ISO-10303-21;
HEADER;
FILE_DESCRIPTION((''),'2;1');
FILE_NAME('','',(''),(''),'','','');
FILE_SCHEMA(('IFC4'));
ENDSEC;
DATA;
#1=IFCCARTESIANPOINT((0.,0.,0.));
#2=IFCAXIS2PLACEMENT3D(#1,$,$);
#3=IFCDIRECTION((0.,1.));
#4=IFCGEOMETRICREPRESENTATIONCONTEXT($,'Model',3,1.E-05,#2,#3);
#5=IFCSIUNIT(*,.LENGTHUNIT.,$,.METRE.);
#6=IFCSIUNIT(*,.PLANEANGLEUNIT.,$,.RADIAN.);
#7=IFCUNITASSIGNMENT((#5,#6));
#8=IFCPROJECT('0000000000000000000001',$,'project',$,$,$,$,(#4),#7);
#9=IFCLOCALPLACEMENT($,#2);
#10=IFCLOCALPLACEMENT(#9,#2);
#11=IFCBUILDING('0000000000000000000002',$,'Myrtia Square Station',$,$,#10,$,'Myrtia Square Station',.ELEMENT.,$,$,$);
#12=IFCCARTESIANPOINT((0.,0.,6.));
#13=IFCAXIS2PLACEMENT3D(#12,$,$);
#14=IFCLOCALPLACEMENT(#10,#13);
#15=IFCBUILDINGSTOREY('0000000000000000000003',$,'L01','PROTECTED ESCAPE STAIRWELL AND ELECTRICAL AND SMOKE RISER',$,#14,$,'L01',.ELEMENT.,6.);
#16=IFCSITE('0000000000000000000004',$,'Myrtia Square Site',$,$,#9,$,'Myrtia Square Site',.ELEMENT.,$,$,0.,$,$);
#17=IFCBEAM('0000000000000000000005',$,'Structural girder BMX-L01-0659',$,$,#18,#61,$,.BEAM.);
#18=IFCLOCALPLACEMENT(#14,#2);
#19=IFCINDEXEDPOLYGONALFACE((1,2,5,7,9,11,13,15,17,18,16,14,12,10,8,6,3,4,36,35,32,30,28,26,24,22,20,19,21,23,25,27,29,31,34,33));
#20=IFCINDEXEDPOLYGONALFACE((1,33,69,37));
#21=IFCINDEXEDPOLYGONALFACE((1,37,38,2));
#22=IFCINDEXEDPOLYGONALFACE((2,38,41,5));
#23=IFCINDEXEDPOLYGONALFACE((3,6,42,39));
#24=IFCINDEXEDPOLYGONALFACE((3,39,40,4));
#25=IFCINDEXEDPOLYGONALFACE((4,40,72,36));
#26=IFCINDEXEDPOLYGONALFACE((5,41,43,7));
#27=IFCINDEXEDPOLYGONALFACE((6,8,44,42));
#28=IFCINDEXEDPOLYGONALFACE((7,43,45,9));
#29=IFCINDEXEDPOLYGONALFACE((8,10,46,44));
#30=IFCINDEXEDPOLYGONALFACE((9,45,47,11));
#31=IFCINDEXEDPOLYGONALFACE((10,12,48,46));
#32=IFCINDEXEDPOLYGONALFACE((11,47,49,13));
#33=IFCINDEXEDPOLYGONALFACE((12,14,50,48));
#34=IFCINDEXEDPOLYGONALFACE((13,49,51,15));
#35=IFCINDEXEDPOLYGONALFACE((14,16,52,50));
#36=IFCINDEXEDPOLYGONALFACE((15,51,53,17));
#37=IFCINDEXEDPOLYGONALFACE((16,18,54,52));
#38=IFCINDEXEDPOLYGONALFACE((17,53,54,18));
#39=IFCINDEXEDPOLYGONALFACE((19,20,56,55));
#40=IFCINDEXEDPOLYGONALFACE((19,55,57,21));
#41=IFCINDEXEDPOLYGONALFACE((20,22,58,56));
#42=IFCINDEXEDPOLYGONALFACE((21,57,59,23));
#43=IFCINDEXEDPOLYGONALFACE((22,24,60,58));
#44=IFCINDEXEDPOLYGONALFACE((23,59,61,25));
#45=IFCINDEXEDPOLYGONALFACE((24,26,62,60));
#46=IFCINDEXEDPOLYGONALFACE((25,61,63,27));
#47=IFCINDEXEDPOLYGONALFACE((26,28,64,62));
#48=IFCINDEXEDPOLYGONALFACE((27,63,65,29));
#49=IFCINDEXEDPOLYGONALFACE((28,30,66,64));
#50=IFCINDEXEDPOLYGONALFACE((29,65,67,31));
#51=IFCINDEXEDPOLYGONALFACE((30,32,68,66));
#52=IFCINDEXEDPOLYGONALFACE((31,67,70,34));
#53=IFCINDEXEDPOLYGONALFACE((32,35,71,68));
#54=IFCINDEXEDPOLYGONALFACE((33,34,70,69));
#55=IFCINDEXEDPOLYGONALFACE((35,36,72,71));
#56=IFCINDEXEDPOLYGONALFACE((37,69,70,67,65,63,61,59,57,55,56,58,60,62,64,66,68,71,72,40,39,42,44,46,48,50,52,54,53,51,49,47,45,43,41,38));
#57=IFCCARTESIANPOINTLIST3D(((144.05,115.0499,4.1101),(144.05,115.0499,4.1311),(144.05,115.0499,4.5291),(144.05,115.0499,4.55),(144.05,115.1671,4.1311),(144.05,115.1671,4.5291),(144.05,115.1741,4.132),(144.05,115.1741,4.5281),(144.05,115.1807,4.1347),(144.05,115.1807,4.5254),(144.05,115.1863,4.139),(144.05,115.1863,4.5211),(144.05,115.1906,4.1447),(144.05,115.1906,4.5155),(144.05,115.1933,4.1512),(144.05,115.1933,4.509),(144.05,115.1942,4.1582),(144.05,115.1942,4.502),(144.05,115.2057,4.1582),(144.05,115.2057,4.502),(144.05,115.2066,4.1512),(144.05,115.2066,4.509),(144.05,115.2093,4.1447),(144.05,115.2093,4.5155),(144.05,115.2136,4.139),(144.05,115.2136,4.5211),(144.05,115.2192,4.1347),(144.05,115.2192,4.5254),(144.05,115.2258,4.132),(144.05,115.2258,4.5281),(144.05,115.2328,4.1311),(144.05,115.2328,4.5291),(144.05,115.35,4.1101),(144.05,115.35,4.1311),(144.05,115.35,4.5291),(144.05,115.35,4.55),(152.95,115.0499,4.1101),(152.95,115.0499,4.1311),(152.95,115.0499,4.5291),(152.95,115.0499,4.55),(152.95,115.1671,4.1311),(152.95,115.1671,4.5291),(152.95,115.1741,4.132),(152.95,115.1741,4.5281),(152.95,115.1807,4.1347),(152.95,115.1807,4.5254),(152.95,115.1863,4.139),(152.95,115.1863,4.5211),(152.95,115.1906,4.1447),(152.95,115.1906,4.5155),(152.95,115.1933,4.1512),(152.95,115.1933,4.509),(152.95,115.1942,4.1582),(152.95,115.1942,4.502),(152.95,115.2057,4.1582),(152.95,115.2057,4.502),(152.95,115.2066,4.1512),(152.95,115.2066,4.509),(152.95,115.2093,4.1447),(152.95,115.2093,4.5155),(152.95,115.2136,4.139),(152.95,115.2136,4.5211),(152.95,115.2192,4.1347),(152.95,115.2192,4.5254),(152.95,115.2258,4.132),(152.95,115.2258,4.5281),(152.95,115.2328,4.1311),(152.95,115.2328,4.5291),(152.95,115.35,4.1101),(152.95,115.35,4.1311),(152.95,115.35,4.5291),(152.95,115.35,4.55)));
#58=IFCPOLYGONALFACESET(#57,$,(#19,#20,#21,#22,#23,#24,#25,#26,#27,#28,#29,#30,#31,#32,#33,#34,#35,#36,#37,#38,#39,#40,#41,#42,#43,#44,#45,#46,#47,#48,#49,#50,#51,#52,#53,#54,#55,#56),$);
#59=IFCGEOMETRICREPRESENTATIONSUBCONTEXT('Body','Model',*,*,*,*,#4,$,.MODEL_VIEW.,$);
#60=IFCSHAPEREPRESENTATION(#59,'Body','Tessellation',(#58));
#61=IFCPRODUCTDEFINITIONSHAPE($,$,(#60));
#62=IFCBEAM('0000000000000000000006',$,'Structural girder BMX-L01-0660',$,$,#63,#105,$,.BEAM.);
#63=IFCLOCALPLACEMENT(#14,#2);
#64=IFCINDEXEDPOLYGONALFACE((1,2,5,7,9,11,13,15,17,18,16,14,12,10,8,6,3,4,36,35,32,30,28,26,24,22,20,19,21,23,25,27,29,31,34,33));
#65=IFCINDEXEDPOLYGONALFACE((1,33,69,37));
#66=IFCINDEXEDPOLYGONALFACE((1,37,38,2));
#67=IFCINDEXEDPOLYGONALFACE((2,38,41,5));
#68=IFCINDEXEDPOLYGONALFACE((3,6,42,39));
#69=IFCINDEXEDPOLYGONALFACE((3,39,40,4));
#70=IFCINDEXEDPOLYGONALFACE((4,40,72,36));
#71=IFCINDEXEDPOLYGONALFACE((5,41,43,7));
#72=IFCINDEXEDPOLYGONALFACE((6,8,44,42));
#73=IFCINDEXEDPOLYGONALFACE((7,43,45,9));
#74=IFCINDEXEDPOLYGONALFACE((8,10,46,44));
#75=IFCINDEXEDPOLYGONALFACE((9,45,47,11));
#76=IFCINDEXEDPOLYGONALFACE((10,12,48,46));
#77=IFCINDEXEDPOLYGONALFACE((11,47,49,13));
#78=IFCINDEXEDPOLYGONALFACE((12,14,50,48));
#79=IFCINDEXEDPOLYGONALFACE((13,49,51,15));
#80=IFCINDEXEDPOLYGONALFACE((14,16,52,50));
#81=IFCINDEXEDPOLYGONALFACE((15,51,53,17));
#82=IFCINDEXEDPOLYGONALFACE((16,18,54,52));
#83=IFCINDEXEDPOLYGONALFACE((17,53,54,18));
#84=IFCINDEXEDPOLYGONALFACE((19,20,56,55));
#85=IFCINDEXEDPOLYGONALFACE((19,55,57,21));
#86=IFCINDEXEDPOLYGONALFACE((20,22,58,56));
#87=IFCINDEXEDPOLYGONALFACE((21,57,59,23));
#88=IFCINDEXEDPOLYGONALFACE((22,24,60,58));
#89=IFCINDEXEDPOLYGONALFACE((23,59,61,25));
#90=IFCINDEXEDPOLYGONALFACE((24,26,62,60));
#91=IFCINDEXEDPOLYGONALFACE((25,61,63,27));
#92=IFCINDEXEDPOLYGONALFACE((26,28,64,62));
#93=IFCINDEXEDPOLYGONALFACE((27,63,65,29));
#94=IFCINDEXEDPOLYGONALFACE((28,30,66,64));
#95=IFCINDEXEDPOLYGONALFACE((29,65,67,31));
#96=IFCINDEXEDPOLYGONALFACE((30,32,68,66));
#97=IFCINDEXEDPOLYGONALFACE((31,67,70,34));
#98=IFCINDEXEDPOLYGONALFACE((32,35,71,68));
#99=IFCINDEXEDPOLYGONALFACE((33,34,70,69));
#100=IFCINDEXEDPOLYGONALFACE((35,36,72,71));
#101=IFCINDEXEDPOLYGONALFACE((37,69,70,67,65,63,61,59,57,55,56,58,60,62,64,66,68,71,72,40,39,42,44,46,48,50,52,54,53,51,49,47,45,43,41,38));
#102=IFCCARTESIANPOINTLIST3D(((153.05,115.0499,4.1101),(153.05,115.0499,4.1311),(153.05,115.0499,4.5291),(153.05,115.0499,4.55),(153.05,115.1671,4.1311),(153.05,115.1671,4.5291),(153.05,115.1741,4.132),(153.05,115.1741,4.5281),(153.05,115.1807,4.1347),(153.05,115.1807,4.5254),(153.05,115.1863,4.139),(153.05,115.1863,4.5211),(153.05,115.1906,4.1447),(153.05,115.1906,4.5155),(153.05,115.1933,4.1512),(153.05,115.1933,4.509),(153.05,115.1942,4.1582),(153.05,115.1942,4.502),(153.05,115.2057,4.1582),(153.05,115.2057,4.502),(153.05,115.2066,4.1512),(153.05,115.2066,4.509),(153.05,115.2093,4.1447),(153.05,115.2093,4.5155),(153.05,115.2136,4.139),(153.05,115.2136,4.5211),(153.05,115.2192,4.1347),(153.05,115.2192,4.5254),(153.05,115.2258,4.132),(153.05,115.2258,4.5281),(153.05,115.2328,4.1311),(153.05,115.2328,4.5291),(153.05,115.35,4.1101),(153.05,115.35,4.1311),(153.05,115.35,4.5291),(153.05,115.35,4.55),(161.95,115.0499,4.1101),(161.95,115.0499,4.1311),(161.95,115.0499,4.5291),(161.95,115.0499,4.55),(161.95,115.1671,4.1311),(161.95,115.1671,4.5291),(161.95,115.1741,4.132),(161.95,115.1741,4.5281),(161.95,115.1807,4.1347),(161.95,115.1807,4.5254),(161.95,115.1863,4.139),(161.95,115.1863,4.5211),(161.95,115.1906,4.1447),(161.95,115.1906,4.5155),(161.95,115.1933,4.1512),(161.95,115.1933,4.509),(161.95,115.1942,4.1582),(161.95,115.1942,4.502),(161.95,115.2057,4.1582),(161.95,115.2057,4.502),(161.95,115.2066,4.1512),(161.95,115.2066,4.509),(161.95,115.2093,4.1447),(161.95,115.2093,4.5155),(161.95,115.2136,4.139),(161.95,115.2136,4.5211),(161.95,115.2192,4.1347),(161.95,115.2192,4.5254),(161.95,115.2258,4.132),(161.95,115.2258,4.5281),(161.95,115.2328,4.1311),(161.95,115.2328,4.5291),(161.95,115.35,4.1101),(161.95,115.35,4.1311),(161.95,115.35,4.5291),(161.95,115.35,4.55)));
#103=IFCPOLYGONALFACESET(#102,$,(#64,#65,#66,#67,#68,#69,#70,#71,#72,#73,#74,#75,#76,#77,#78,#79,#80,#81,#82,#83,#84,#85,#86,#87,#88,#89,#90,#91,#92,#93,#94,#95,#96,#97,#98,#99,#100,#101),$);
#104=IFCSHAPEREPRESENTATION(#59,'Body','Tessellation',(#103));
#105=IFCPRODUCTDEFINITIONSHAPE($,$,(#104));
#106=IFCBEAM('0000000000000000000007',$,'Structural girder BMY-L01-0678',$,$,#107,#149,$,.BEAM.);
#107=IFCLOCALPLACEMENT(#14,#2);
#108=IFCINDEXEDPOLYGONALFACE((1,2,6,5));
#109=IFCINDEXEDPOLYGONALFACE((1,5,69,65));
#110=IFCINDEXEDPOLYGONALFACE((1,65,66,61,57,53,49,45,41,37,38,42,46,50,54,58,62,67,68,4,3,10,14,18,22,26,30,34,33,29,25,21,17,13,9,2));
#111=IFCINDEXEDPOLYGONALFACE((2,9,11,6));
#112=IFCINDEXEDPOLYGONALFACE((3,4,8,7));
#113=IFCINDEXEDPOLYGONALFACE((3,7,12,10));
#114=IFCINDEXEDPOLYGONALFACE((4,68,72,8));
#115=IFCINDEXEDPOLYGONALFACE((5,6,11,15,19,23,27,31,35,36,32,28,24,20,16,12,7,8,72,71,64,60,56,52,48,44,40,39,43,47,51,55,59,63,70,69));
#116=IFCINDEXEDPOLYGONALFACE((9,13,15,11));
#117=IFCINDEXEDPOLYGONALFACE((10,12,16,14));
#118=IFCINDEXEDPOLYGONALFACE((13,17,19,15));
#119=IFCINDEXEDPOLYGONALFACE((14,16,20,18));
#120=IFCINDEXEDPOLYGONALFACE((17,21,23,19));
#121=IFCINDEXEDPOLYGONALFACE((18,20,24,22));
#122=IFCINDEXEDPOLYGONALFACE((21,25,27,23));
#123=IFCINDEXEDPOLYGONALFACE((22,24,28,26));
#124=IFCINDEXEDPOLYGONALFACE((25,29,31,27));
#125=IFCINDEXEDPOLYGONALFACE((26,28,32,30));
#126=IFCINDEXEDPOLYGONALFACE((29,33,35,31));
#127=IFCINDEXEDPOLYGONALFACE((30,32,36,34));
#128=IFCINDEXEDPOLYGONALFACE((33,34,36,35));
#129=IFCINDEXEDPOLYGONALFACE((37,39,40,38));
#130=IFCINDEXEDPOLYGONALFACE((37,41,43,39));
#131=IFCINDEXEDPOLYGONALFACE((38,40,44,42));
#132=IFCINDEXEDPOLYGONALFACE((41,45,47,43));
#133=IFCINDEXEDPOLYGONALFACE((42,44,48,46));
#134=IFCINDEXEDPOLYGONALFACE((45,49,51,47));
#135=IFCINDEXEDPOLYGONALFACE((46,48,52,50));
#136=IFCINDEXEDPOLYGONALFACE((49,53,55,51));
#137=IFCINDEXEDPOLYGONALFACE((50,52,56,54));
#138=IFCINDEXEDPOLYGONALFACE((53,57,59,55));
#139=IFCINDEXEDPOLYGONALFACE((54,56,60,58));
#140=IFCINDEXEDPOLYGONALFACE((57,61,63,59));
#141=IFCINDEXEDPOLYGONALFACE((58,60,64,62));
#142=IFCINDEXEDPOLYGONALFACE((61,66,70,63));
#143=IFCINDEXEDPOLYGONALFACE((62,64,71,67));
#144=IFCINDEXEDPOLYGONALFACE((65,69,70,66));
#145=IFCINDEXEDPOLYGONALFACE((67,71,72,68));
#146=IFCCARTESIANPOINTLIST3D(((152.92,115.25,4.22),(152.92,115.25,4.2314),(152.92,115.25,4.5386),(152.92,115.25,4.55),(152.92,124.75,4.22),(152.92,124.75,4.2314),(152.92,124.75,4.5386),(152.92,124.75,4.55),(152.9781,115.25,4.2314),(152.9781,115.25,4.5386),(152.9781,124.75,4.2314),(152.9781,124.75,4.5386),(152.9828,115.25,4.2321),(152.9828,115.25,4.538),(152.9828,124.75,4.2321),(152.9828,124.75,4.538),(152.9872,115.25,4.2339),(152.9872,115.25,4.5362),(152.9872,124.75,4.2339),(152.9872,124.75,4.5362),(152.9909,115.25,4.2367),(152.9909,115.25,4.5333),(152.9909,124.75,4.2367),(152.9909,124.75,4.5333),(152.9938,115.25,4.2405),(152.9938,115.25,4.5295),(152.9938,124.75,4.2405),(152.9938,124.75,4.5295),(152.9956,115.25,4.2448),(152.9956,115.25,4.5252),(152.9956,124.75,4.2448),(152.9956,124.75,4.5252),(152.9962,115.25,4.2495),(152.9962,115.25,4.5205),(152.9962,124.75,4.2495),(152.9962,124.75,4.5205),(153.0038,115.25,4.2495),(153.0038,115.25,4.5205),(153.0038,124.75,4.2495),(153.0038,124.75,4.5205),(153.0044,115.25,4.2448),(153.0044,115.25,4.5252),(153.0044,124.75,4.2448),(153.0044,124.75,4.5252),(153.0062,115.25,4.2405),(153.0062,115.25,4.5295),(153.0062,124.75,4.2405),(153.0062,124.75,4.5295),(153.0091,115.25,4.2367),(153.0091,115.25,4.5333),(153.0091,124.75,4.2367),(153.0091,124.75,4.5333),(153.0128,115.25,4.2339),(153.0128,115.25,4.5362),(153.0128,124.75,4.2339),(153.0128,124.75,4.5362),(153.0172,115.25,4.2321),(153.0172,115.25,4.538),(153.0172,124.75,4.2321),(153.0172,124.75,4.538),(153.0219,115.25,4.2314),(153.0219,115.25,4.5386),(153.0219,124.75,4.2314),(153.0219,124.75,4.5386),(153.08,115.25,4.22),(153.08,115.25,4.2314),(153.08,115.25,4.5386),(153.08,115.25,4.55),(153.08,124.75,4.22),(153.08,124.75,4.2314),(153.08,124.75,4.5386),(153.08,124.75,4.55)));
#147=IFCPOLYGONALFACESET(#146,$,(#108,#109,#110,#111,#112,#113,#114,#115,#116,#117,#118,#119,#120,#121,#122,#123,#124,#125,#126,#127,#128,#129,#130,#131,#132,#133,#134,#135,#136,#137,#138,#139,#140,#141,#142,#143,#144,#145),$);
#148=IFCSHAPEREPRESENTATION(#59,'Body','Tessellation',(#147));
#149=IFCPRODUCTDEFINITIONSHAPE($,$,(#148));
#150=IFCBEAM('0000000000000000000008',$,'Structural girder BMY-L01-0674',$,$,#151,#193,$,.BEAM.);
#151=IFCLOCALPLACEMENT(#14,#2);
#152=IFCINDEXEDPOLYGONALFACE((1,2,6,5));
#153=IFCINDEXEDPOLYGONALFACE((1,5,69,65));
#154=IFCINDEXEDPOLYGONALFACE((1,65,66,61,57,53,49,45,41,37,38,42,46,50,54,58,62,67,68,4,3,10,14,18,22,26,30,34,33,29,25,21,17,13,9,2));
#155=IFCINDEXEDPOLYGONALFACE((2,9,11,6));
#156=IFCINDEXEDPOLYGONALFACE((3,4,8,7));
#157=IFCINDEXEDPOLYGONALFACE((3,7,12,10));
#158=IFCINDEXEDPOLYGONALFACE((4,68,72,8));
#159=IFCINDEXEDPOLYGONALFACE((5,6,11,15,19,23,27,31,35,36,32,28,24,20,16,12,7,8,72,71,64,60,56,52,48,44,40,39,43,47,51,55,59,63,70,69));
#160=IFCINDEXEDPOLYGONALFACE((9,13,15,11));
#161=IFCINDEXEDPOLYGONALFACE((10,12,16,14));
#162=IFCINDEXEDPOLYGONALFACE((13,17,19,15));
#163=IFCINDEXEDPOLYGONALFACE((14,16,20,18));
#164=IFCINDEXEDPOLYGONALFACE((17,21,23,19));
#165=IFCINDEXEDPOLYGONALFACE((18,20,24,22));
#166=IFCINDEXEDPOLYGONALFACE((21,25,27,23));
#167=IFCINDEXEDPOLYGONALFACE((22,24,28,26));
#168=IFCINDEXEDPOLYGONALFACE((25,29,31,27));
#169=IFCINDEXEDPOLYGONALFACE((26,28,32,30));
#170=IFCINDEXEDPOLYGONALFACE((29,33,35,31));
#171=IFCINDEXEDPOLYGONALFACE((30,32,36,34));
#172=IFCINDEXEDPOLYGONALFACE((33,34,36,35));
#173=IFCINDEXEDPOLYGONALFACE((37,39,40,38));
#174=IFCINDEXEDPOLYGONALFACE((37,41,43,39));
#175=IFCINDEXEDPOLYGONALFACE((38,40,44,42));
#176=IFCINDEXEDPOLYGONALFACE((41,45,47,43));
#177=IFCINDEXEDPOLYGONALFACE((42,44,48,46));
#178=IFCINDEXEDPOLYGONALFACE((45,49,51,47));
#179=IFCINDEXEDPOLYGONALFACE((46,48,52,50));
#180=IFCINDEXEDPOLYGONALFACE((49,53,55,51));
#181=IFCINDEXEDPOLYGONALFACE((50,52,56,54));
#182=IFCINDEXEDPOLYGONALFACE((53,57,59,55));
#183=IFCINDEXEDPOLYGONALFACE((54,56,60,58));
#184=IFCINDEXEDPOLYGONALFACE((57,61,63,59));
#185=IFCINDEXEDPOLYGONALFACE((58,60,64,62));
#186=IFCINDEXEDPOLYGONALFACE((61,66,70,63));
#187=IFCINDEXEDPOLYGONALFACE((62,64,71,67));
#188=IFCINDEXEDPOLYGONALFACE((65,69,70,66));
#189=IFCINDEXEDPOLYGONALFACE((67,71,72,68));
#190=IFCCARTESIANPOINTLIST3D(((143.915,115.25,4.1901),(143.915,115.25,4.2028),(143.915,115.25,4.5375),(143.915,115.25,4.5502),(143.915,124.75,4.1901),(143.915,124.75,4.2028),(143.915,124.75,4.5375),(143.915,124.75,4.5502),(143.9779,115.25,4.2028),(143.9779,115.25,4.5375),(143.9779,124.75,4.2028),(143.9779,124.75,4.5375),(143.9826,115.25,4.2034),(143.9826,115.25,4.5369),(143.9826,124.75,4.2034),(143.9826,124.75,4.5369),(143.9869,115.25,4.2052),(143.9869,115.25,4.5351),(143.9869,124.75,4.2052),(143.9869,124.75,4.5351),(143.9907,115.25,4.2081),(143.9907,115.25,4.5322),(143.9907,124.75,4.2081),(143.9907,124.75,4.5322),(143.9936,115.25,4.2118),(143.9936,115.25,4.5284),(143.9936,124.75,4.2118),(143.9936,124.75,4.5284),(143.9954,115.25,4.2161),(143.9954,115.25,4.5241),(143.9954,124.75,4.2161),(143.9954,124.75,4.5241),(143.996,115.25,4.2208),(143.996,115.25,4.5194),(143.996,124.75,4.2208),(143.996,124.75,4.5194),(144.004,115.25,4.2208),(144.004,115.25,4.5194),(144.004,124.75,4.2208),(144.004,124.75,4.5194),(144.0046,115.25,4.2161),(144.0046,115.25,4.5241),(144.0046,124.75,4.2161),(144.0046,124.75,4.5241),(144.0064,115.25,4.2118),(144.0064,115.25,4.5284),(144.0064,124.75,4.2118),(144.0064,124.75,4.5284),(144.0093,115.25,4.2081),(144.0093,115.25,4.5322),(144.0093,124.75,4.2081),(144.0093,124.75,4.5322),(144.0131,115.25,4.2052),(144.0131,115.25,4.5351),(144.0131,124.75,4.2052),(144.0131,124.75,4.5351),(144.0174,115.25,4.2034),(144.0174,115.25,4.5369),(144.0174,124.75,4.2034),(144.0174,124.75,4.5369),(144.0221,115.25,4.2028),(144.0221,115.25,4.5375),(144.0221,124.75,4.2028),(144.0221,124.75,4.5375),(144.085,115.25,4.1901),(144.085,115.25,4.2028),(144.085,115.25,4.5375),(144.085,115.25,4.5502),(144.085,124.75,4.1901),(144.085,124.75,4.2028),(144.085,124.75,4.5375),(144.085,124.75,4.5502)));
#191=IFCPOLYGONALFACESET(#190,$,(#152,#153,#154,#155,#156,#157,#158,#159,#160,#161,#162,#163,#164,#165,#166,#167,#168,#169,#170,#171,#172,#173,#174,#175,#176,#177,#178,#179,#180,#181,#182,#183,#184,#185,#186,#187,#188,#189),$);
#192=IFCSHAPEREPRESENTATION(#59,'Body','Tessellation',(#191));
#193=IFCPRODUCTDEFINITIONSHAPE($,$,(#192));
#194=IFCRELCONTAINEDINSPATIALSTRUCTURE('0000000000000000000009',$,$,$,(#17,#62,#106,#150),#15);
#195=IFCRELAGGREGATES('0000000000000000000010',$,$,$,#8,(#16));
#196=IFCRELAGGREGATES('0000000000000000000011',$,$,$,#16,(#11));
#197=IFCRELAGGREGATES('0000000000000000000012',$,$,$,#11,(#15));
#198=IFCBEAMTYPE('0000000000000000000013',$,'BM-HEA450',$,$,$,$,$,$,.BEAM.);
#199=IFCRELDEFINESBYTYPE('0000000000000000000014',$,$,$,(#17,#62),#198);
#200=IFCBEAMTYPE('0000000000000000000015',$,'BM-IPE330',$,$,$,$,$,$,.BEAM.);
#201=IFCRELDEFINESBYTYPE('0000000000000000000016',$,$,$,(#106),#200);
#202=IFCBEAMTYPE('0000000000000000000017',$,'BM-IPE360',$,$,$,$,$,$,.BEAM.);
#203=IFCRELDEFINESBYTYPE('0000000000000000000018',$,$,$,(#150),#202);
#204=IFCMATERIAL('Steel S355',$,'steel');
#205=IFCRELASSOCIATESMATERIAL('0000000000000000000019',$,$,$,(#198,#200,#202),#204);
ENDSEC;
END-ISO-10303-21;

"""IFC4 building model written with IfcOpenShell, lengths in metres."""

from ifc_helpers import new_model, si_unit, direction, frame, origin, origin_2d, place, context, subcontext, project, spatial, i_section, extrude, material, material_profile, profile_set, type_object, element, save


model = new_model("IFC4")

# Units and contexts
model_context = context("Model", 3, precision=1e-05, world=origin(), true_north=direction((0.0, 1.0)))
body_context = subcontext(model_context, "Body", "Model", "MODEL_VIEW")
ifc_project = project(units=[si_unit("LENGTHUNIT", "METRE"), si_unit("PLANEANGLEUNIT", "RADIAN")], contexts=[model_context])

# Site, building, storey
site_placement = place(None, origin())
site = spatial("IfcSite", under=ifc_project, at=site_placement, Name="Myrtia Square Site", LongName="Myrtia Square Site", CompositionType="ELEMENT", RefElevation=0.0)
building_placement = place(site_placement, origin())
building = spatial("IfcBuilding", under=site, at=building_placement, Name="Myrtia Square Station", LongName="Myrtia Square Station", CompositionType="ELEMENT")
storey_placement = place(building_placement, frame((0.0, 0.0, 6.0)))
storey = spatial("IfcBuildingStorey", under=building, at=storey_placement, Name="L01", Description="PROTECTED ESCAPE STAIRWELL AND ELECTRICAL AND SMOKE RISER", LongName="L01", CompositionType="ELEMENT", Elevation=6.0)

# Shared definitions
ifc_material_1 = material(Name="Steel S355", Category="steel")

# Beams
ifc_material_profile_1 = material_profile(ifc_material_1, i_section(OverallWidth=0.3, OverallDepth=0.4399, WebThickness=0.0115, FlangeThickness=0.021, FilletRadius=0.0271, at=origin_2d()), Name="HEA 450")
ifc_profile_set_1 = profile_set([ifc_material_profile_1], Name="Steel S355")
beam_type_1 = type_object("IfcBeamType", Name="BM-HEA450", PredefinedType="BEAM", material=ifc_profile_set_1)
for number, where, z_axis, x_axis, name in (
    (1, (144.05, 115.2, 4.3301), (1.0, 0.0, 0.0), (0.0, 1.0, 0.0), "Structural girder BMX-L01-0659"),
    (2, (153.05, 115.2, 4.3301), (1.0, 0.0, 0.0), (0.0, 1.0, 0.0), "Structural girder BMX-L01-0660"),
):
    element("IfcBeam", number, at=place(storey_placement, frame(where, z_axis=z_axis, x_axis=x_axis)), inside=storey, type_object=beam_type_1, Name=name, PredefinedType="BEAM", context=body_context, shape_type="SweptSolid", body=[
        extrude(i_section(OverallWidth=0.3, OverallDepth=0.4399, WebThickness=0.0115, FlangeThickness=0.021, FilletRadius=0.0271, at=origin_2d()), origin(), (0.0, 0.0, 1.0), 8.8999),
    ])
ifc_material_profile_2 = material_profile(ifc_material_1, i_section(OverallWidth=0.1599, OverallDepth=0.3301, WebThickness=0.0076, FlangeThickness=0.0115, FilletRadius=0.0181, at=origin_2d()), Name="IPE 330")
ifc_profile_set_2 = profile_set([ifc_material_profile_2], Name="Steel S355")
beam_type_2 = type_object("IfcBeamType", Name="BM-IPE330", PredefinedType="BEAM", material=ifc_profile_set_2)
beam_1_placement = place(storey_placement, frame((153.0, 115.25, 4.385), z_axis=(0.0, 1.0, 0.0), x_axis=(-1.0, 0.0, 0.0)))
element("IfcBeam", 3, at=beam_1_placement, inside=storey, type_object=beam_type_2, Name="Structural girder BMY-L01-0678", PredefinedType="BEAM", context=body_context, shape_type="SweptSolid", body=[
    extrude(i_section(OverallWidth=0.1599, OverallDepth=0.3301, WebThickness=0.0076, FlangeThickness=0.0115, FilletRadius=0.0181, at=origin_2d()), origin(), (0.0, 0.0, 1.0), 9.5),
])
ifc_material_profile_3 = material_profile(ifc_material_1, i_section(OverallWidth=0.1699, OverallDepth=0.3601, WebThickness=0.0081, FlangeThickness=0.0127, FilletRadius=0.0181, at=origin_2d()), Name="IPE 360")
ifc_profile_set_3 = profile_set([ifc_material_profile_3], Name="Steel S355")
beam_type_3 = type_object("IfcBeamType", Name="BM-IPE360", PredefinedType="BEAM", material=ifc_profile_set_3)
beam_2_placement = place(storey_placement, frame((144.0, 115.25, 4.3701), z_axis=(0.0, 1.0, 0.0), x_axis=(-1.0, 0.0, 0.0)))
element("IfcBeam", 4, at=beam_2_placement, inside=storey, type_object=beam_type_3, Name="Structural girder BMY-L01-0674", PredefinedType="BEAM", context=body_context, shape_type="SweptSolid", body=[
    extrude(i_section(OverallWidth=0.1699, OverallDepth=0.3601, WebThickness=0.0081, FlangeThickness=0.0127, FilletRadius=0.0181, at=origin_2d()), origin(), (0.0, 0.0, 1.0), 9.5),
])

save(model, "model.ifc")
